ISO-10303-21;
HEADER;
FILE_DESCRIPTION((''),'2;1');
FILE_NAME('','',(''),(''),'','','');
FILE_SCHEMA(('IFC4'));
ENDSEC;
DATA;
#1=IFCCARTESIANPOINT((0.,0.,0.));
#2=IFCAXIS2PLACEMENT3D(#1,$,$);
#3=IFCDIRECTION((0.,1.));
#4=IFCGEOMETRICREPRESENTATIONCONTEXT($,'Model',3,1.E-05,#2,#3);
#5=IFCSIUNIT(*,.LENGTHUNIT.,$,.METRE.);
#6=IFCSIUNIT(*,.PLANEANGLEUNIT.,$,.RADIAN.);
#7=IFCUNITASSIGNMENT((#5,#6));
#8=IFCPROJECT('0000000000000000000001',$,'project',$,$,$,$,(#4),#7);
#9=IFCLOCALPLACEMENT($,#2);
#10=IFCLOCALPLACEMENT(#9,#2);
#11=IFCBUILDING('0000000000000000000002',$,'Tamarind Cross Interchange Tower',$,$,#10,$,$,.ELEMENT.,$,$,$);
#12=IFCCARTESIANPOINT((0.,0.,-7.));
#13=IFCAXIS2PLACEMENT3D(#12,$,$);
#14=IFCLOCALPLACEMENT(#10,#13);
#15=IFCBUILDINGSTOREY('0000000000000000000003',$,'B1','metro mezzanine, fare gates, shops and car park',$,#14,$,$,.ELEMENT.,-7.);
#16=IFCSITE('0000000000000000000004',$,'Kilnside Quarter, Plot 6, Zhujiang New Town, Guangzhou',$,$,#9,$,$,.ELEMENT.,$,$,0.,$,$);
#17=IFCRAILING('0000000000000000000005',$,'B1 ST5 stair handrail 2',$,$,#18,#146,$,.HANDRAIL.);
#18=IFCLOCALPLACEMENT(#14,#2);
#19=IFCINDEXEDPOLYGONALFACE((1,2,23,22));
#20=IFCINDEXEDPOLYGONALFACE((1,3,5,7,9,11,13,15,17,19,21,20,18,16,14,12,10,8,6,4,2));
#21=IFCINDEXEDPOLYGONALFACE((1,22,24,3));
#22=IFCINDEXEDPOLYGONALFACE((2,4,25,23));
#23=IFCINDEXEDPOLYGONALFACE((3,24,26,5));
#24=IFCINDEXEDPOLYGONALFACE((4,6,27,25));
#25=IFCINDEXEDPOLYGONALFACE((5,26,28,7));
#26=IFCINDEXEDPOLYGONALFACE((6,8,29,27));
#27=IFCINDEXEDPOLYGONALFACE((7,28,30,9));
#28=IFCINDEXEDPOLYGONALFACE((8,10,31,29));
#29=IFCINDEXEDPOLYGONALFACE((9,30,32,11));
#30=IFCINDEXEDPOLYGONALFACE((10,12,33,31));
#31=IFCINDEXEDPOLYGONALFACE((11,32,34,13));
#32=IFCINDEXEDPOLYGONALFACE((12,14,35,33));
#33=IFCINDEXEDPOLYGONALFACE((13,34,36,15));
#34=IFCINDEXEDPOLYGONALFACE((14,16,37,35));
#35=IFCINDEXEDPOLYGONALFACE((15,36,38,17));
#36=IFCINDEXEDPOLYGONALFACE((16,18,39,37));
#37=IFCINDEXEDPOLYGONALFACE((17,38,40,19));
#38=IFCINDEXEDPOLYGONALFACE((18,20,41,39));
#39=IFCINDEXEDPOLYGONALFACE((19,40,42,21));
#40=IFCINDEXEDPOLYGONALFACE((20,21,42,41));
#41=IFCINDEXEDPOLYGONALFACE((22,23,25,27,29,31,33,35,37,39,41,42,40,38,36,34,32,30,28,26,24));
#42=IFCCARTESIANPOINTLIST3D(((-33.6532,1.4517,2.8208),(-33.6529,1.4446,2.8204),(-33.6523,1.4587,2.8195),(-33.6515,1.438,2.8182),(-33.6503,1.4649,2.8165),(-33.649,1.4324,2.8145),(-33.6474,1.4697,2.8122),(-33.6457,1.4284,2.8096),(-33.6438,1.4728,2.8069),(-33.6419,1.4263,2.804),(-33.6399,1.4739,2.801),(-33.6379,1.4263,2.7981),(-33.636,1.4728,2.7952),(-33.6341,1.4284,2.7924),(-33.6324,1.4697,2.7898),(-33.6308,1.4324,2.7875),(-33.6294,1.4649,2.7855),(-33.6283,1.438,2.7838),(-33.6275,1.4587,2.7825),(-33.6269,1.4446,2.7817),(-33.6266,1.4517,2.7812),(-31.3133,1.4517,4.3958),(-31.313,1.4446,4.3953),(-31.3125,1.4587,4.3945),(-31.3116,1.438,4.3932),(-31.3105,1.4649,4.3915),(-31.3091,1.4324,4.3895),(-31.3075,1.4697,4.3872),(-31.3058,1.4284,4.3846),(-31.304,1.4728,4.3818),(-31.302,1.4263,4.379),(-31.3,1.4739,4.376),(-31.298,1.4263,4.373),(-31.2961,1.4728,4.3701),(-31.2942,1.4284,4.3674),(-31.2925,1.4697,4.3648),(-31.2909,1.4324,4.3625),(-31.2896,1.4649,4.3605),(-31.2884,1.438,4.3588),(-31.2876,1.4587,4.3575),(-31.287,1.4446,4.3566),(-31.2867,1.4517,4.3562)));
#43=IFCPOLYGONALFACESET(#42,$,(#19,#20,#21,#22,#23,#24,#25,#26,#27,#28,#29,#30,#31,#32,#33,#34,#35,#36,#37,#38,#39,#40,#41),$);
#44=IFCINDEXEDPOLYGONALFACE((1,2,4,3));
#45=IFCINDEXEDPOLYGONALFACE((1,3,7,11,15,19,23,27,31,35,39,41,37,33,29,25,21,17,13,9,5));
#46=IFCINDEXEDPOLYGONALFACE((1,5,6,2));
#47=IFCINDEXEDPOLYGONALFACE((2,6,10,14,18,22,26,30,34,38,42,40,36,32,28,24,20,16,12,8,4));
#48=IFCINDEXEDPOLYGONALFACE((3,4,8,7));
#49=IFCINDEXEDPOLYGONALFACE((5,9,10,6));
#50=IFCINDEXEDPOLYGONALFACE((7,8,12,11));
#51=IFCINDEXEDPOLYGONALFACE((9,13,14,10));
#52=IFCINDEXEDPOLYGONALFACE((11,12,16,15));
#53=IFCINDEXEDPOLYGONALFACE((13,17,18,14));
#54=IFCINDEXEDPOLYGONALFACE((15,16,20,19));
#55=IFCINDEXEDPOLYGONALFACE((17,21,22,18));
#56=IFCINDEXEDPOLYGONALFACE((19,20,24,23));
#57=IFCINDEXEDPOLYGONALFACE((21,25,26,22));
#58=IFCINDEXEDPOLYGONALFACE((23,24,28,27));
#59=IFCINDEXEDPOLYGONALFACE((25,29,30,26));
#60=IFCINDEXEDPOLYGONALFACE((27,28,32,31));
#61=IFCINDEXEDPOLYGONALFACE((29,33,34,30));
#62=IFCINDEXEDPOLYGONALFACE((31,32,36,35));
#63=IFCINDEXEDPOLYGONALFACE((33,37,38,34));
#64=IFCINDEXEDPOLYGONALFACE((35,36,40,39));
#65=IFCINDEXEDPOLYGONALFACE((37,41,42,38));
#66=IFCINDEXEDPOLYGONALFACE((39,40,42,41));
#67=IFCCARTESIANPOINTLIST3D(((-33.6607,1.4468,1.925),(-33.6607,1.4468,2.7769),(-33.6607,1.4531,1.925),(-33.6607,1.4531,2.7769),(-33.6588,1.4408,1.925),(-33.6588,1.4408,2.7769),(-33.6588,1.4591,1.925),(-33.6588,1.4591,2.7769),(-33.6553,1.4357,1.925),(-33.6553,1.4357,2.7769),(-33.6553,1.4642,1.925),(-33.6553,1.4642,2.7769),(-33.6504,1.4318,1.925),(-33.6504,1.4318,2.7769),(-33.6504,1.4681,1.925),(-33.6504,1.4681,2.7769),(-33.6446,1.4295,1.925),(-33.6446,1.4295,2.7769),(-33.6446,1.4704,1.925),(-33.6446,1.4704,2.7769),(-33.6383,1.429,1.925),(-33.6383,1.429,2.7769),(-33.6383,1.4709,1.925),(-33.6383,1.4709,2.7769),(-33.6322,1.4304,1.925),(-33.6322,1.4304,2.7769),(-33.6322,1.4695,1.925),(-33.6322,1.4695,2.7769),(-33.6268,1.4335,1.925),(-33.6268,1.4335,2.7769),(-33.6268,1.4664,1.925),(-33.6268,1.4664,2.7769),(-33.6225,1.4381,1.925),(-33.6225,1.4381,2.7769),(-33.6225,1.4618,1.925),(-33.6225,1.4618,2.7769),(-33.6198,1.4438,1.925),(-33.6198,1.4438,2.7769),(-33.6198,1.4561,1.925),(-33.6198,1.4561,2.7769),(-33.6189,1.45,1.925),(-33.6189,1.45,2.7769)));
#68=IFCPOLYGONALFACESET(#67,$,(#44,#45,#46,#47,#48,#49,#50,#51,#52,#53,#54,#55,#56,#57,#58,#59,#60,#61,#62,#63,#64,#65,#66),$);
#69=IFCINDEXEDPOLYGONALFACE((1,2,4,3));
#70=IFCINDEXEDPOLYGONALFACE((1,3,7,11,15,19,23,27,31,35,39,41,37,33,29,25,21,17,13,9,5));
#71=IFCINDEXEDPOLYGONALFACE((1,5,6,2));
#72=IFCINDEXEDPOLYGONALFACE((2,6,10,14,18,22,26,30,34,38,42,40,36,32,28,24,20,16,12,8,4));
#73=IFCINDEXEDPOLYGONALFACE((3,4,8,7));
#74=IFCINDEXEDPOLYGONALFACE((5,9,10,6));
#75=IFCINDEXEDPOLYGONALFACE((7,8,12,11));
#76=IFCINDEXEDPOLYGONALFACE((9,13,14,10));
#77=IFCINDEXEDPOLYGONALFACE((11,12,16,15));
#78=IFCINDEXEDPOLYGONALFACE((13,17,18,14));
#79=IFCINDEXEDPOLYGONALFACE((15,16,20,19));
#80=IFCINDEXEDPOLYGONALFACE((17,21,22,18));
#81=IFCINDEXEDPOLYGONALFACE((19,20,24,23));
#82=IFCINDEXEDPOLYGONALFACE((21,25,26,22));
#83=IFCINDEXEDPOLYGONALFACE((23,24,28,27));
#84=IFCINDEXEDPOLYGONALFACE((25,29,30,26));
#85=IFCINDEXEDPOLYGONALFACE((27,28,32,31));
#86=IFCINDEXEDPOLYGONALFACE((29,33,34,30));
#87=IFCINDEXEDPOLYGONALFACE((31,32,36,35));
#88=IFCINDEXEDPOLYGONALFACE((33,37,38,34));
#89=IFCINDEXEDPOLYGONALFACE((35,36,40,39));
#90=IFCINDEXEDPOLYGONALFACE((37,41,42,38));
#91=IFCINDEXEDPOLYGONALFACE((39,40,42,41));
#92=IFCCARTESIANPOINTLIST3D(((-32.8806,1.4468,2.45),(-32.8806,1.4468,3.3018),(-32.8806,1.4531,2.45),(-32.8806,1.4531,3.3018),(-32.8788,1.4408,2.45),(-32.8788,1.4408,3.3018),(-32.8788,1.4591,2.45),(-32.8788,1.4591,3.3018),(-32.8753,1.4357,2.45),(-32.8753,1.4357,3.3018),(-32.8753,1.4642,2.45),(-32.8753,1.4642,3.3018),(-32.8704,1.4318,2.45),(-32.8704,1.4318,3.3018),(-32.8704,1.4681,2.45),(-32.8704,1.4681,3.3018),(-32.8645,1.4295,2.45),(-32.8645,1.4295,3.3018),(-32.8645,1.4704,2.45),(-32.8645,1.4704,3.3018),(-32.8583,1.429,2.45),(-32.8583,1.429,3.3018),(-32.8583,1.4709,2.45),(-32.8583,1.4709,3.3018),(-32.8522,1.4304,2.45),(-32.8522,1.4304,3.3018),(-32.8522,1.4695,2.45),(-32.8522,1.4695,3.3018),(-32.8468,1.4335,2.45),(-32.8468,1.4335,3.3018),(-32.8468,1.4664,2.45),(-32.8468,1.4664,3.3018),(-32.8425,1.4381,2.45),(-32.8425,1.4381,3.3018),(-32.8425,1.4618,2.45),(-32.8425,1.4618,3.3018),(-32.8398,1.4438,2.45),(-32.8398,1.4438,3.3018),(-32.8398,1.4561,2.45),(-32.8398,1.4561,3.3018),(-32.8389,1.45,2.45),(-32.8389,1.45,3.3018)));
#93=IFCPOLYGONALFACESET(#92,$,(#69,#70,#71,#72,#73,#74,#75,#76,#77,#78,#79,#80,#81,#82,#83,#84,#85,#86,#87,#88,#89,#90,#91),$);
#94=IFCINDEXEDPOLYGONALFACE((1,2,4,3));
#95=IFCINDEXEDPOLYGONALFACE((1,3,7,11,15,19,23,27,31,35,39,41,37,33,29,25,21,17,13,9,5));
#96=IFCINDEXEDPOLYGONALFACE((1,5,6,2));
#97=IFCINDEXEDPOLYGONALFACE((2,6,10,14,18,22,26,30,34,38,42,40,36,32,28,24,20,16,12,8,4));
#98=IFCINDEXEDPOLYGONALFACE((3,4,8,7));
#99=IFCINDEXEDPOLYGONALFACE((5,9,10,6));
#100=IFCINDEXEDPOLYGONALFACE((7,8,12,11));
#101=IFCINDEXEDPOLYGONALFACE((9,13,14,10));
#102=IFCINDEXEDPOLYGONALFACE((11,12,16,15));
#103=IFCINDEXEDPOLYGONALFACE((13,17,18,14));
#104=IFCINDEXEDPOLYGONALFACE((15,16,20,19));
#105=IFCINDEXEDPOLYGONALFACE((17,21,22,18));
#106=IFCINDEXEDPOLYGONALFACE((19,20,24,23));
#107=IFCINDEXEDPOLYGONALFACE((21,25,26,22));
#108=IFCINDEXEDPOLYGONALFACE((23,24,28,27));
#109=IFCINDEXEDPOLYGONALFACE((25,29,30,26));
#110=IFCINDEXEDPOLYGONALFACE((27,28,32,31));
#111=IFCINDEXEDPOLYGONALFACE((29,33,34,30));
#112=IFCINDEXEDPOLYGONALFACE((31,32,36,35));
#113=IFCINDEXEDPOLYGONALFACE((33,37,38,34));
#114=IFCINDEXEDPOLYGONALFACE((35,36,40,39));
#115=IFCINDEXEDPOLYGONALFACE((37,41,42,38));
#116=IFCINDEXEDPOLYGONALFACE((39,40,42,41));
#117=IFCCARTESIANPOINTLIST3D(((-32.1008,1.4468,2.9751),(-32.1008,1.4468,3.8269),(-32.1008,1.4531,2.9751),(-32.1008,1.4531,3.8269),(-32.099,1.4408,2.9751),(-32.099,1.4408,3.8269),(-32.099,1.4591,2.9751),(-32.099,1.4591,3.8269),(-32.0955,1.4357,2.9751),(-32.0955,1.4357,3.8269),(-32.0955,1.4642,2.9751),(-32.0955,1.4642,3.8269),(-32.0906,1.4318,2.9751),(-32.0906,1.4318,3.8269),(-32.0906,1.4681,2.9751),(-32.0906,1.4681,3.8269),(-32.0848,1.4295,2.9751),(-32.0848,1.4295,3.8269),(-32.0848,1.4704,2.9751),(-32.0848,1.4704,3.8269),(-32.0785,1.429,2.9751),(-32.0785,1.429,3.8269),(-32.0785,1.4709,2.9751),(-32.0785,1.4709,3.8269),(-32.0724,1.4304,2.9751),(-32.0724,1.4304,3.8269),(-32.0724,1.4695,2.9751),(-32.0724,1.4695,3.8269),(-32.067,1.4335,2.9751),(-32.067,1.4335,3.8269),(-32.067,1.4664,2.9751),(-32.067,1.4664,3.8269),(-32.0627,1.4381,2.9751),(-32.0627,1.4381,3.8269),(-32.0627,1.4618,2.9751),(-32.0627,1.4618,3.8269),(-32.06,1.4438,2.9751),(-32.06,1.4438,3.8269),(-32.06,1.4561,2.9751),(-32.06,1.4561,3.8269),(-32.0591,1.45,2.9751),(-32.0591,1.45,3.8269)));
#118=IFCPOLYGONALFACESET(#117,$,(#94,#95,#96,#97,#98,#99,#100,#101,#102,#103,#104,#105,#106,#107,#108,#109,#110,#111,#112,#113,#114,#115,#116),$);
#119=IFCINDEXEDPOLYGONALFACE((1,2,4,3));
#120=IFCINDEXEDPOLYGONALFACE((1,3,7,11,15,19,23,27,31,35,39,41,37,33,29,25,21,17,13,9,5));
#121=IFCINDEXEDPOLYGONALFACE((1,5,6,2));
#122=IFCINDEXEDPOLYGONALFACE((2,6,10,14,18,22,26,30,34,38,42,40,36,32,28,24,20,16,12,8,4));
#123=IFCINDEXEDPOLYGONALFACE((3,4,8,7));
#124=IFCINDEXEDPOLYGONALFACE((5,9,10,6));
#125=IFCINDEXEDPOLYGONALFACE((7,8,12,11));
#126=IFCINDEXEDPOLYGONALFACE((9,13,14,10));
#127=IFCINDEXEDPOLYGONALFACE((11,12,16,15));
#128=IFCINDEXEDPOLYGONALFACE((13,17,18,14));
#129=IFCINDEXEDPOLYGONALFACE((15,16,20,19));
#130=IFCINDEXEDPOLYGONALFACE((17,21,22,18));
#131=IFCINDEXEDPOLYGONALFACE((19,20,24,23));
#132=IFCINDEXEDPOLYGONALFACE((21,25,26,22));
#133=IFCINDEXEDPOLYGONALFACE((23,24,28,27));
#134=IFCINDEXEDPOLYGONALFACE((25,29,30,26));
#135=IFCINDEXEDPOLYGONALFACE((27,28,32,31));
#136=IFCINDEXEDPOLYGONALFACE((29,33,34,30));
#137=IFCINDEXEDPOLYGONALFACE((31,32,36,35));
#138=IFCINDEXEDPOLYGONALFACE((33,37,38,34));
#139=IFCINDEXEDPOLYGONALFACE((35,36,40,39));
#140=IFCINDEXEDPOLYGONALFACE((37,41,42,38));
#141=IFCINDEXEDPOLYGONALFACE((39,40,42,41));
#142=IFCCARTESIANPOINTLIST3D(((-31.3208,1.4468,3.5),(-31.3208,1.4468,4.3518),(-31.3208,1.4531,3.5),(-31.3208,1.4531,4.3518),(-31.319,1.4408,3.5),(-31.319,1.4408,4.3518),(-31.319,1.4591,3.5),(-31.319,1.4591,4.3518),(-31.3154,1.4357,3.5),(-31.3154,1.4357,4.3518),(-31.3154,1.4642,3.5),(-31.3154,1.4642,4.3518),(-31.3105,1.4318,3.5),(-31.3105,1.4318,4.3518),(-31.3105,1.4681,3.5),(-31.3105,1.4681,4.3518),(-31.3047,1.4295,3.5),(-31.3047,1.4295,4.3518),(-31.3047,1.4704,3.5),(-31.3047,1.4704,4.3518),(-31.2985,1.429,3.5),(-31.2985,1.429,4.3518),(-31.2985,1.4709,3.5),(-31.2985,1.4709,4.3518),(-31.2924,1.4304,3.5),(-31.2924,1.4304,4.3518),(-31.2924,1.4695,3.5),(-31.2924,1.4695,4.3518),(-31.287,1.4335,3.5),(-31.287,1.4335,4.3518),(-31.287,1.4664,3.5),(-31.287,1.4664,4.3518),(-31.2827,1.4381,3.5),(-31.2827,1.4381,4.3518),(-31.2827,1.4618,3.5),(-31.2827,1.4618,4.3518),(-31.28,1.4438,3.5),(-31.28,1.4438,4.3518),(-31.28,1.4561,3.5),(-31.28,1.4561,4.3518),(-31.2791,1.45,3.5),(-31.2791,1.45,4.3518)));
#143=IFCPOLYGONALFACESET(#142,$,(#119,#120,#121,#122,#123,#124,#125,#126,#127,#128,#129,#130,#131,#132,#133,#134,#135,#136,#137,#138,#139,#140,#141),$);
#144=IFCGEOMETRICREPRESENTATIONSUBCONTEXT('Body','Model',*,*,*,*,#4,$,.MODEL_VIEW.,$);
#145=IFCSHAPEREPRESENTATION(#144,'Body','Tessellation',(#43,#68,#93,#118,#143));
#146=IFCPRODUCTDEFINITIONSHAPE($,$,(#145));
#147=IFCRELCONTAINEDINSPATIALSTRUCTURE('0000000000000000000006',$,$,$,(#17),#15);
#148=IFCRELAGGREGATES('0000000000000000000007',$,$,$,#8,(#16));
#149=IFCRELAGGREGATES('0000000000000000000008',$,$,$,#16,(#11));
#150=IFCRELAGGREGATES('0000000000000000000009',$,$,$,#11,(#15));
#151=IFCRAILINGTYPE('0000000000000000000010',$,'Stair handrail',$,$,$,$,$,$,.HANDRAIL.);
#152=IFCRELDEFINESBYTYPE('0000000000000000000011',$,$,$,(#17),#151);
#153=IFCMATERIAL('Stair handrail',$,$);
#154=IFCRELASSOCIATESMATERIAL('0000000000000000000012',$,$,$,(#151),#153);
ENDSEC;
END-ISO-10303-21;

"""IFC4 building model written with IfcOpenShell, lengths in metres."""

from ifc_helpers import new_model, si_unit, direction, frame, origin, origin_2d, place, context, subcontext, project, spatial, circle, extrude, material, type_object, element, save


model = new_model("IFC4")

# Units and contexts
model_context = context("Model", 3, precision=1e-05, world=origin(), true_north=direction((0.0, 1.0)))
body_context = subcontext(model_context, "Body", "Model", "MODEL_VIEW")
ifc_project = project(units=[si_unit("LENGTHUNIT", "METRE"), si_unit("PLANEANGLEUNIT", "RADIAN")], contexts=[model_context])

# Site, building, storey
site_placement = place(None, origin())
site = spatial("IfcSite", under=ifc_project, at=site_placement, Name="Kilnside Quarter, Plot 6, Zhujiang New Town, Guangzhou", CompositionType="ELEMENT", RefElevation=0.0)
building_placement = place(site_placement, origin())
building = spatial("IfcBuilding", under=site, at=building_placement, Name="Tamarind Cross Interchange Tower", CompositionType="ELEMENT")
storey_placement = place(building_placement, frame((0.0, 0.0, -7.0)))
storey = spatial("IfcBuildingStorey", under=building, at=storey_placement, Name="B1", Description="metro mezzanine, fare gates, shops and car park", CompositionType="ELEMENT", Elevation=-7.0)

# Railing
ifc_material_1 = material(Name="Stair handrail")
railing_type_1 = type_object("IfcRailingType", Name="Stair handrail", PredefinedType="HANDRAIL", material=ifc_material_1)
railing_1_placement = place(storey_placement, frame((-33.6399, 1.45, 1.925)))
element("IfcRailing", 1, at=railing_1_placement, inside=storey, type_object=railing_type_1, Name="B1 ST5 stair handrail 2", PredefinedType="HANDRAIL", context=body_context, shape_type="SweptSolid", body=[
    extrude(circle(Radius=0.0239, at=origin_2d()), frame((0.0, 0.0, 0.876), z_axis=(0.829578, 0.0, 0.55839), x_axis=(0.0, 1.0, 0.0)), (0.0, 0.0, 1.0), 2.8206),
    extrude(circle(Radius=0.021, at=origin_2d()), origin(), (0.0, 0.0, 1.0), 0.8518),
    extrude(circle(Radius=0.021, at=origin_2d()), frame((0.78, 0.0, 0.5249)), (0.0, 0.0, 1.0), 0.8518),
    extrude(circle(Radius=0.021, at=origin_2d()), frame((1.5598, 0.0, 1.05)), (0.0, 0.0, 1.0), 0.8518),
    extrude(circle(Radius=0.021, at=origin_2d()), frame((2.3398, 0.0, 1.575)), (0.0, 0.0, 1.0), 0.8518),
])

save(model, "model.ifc")
